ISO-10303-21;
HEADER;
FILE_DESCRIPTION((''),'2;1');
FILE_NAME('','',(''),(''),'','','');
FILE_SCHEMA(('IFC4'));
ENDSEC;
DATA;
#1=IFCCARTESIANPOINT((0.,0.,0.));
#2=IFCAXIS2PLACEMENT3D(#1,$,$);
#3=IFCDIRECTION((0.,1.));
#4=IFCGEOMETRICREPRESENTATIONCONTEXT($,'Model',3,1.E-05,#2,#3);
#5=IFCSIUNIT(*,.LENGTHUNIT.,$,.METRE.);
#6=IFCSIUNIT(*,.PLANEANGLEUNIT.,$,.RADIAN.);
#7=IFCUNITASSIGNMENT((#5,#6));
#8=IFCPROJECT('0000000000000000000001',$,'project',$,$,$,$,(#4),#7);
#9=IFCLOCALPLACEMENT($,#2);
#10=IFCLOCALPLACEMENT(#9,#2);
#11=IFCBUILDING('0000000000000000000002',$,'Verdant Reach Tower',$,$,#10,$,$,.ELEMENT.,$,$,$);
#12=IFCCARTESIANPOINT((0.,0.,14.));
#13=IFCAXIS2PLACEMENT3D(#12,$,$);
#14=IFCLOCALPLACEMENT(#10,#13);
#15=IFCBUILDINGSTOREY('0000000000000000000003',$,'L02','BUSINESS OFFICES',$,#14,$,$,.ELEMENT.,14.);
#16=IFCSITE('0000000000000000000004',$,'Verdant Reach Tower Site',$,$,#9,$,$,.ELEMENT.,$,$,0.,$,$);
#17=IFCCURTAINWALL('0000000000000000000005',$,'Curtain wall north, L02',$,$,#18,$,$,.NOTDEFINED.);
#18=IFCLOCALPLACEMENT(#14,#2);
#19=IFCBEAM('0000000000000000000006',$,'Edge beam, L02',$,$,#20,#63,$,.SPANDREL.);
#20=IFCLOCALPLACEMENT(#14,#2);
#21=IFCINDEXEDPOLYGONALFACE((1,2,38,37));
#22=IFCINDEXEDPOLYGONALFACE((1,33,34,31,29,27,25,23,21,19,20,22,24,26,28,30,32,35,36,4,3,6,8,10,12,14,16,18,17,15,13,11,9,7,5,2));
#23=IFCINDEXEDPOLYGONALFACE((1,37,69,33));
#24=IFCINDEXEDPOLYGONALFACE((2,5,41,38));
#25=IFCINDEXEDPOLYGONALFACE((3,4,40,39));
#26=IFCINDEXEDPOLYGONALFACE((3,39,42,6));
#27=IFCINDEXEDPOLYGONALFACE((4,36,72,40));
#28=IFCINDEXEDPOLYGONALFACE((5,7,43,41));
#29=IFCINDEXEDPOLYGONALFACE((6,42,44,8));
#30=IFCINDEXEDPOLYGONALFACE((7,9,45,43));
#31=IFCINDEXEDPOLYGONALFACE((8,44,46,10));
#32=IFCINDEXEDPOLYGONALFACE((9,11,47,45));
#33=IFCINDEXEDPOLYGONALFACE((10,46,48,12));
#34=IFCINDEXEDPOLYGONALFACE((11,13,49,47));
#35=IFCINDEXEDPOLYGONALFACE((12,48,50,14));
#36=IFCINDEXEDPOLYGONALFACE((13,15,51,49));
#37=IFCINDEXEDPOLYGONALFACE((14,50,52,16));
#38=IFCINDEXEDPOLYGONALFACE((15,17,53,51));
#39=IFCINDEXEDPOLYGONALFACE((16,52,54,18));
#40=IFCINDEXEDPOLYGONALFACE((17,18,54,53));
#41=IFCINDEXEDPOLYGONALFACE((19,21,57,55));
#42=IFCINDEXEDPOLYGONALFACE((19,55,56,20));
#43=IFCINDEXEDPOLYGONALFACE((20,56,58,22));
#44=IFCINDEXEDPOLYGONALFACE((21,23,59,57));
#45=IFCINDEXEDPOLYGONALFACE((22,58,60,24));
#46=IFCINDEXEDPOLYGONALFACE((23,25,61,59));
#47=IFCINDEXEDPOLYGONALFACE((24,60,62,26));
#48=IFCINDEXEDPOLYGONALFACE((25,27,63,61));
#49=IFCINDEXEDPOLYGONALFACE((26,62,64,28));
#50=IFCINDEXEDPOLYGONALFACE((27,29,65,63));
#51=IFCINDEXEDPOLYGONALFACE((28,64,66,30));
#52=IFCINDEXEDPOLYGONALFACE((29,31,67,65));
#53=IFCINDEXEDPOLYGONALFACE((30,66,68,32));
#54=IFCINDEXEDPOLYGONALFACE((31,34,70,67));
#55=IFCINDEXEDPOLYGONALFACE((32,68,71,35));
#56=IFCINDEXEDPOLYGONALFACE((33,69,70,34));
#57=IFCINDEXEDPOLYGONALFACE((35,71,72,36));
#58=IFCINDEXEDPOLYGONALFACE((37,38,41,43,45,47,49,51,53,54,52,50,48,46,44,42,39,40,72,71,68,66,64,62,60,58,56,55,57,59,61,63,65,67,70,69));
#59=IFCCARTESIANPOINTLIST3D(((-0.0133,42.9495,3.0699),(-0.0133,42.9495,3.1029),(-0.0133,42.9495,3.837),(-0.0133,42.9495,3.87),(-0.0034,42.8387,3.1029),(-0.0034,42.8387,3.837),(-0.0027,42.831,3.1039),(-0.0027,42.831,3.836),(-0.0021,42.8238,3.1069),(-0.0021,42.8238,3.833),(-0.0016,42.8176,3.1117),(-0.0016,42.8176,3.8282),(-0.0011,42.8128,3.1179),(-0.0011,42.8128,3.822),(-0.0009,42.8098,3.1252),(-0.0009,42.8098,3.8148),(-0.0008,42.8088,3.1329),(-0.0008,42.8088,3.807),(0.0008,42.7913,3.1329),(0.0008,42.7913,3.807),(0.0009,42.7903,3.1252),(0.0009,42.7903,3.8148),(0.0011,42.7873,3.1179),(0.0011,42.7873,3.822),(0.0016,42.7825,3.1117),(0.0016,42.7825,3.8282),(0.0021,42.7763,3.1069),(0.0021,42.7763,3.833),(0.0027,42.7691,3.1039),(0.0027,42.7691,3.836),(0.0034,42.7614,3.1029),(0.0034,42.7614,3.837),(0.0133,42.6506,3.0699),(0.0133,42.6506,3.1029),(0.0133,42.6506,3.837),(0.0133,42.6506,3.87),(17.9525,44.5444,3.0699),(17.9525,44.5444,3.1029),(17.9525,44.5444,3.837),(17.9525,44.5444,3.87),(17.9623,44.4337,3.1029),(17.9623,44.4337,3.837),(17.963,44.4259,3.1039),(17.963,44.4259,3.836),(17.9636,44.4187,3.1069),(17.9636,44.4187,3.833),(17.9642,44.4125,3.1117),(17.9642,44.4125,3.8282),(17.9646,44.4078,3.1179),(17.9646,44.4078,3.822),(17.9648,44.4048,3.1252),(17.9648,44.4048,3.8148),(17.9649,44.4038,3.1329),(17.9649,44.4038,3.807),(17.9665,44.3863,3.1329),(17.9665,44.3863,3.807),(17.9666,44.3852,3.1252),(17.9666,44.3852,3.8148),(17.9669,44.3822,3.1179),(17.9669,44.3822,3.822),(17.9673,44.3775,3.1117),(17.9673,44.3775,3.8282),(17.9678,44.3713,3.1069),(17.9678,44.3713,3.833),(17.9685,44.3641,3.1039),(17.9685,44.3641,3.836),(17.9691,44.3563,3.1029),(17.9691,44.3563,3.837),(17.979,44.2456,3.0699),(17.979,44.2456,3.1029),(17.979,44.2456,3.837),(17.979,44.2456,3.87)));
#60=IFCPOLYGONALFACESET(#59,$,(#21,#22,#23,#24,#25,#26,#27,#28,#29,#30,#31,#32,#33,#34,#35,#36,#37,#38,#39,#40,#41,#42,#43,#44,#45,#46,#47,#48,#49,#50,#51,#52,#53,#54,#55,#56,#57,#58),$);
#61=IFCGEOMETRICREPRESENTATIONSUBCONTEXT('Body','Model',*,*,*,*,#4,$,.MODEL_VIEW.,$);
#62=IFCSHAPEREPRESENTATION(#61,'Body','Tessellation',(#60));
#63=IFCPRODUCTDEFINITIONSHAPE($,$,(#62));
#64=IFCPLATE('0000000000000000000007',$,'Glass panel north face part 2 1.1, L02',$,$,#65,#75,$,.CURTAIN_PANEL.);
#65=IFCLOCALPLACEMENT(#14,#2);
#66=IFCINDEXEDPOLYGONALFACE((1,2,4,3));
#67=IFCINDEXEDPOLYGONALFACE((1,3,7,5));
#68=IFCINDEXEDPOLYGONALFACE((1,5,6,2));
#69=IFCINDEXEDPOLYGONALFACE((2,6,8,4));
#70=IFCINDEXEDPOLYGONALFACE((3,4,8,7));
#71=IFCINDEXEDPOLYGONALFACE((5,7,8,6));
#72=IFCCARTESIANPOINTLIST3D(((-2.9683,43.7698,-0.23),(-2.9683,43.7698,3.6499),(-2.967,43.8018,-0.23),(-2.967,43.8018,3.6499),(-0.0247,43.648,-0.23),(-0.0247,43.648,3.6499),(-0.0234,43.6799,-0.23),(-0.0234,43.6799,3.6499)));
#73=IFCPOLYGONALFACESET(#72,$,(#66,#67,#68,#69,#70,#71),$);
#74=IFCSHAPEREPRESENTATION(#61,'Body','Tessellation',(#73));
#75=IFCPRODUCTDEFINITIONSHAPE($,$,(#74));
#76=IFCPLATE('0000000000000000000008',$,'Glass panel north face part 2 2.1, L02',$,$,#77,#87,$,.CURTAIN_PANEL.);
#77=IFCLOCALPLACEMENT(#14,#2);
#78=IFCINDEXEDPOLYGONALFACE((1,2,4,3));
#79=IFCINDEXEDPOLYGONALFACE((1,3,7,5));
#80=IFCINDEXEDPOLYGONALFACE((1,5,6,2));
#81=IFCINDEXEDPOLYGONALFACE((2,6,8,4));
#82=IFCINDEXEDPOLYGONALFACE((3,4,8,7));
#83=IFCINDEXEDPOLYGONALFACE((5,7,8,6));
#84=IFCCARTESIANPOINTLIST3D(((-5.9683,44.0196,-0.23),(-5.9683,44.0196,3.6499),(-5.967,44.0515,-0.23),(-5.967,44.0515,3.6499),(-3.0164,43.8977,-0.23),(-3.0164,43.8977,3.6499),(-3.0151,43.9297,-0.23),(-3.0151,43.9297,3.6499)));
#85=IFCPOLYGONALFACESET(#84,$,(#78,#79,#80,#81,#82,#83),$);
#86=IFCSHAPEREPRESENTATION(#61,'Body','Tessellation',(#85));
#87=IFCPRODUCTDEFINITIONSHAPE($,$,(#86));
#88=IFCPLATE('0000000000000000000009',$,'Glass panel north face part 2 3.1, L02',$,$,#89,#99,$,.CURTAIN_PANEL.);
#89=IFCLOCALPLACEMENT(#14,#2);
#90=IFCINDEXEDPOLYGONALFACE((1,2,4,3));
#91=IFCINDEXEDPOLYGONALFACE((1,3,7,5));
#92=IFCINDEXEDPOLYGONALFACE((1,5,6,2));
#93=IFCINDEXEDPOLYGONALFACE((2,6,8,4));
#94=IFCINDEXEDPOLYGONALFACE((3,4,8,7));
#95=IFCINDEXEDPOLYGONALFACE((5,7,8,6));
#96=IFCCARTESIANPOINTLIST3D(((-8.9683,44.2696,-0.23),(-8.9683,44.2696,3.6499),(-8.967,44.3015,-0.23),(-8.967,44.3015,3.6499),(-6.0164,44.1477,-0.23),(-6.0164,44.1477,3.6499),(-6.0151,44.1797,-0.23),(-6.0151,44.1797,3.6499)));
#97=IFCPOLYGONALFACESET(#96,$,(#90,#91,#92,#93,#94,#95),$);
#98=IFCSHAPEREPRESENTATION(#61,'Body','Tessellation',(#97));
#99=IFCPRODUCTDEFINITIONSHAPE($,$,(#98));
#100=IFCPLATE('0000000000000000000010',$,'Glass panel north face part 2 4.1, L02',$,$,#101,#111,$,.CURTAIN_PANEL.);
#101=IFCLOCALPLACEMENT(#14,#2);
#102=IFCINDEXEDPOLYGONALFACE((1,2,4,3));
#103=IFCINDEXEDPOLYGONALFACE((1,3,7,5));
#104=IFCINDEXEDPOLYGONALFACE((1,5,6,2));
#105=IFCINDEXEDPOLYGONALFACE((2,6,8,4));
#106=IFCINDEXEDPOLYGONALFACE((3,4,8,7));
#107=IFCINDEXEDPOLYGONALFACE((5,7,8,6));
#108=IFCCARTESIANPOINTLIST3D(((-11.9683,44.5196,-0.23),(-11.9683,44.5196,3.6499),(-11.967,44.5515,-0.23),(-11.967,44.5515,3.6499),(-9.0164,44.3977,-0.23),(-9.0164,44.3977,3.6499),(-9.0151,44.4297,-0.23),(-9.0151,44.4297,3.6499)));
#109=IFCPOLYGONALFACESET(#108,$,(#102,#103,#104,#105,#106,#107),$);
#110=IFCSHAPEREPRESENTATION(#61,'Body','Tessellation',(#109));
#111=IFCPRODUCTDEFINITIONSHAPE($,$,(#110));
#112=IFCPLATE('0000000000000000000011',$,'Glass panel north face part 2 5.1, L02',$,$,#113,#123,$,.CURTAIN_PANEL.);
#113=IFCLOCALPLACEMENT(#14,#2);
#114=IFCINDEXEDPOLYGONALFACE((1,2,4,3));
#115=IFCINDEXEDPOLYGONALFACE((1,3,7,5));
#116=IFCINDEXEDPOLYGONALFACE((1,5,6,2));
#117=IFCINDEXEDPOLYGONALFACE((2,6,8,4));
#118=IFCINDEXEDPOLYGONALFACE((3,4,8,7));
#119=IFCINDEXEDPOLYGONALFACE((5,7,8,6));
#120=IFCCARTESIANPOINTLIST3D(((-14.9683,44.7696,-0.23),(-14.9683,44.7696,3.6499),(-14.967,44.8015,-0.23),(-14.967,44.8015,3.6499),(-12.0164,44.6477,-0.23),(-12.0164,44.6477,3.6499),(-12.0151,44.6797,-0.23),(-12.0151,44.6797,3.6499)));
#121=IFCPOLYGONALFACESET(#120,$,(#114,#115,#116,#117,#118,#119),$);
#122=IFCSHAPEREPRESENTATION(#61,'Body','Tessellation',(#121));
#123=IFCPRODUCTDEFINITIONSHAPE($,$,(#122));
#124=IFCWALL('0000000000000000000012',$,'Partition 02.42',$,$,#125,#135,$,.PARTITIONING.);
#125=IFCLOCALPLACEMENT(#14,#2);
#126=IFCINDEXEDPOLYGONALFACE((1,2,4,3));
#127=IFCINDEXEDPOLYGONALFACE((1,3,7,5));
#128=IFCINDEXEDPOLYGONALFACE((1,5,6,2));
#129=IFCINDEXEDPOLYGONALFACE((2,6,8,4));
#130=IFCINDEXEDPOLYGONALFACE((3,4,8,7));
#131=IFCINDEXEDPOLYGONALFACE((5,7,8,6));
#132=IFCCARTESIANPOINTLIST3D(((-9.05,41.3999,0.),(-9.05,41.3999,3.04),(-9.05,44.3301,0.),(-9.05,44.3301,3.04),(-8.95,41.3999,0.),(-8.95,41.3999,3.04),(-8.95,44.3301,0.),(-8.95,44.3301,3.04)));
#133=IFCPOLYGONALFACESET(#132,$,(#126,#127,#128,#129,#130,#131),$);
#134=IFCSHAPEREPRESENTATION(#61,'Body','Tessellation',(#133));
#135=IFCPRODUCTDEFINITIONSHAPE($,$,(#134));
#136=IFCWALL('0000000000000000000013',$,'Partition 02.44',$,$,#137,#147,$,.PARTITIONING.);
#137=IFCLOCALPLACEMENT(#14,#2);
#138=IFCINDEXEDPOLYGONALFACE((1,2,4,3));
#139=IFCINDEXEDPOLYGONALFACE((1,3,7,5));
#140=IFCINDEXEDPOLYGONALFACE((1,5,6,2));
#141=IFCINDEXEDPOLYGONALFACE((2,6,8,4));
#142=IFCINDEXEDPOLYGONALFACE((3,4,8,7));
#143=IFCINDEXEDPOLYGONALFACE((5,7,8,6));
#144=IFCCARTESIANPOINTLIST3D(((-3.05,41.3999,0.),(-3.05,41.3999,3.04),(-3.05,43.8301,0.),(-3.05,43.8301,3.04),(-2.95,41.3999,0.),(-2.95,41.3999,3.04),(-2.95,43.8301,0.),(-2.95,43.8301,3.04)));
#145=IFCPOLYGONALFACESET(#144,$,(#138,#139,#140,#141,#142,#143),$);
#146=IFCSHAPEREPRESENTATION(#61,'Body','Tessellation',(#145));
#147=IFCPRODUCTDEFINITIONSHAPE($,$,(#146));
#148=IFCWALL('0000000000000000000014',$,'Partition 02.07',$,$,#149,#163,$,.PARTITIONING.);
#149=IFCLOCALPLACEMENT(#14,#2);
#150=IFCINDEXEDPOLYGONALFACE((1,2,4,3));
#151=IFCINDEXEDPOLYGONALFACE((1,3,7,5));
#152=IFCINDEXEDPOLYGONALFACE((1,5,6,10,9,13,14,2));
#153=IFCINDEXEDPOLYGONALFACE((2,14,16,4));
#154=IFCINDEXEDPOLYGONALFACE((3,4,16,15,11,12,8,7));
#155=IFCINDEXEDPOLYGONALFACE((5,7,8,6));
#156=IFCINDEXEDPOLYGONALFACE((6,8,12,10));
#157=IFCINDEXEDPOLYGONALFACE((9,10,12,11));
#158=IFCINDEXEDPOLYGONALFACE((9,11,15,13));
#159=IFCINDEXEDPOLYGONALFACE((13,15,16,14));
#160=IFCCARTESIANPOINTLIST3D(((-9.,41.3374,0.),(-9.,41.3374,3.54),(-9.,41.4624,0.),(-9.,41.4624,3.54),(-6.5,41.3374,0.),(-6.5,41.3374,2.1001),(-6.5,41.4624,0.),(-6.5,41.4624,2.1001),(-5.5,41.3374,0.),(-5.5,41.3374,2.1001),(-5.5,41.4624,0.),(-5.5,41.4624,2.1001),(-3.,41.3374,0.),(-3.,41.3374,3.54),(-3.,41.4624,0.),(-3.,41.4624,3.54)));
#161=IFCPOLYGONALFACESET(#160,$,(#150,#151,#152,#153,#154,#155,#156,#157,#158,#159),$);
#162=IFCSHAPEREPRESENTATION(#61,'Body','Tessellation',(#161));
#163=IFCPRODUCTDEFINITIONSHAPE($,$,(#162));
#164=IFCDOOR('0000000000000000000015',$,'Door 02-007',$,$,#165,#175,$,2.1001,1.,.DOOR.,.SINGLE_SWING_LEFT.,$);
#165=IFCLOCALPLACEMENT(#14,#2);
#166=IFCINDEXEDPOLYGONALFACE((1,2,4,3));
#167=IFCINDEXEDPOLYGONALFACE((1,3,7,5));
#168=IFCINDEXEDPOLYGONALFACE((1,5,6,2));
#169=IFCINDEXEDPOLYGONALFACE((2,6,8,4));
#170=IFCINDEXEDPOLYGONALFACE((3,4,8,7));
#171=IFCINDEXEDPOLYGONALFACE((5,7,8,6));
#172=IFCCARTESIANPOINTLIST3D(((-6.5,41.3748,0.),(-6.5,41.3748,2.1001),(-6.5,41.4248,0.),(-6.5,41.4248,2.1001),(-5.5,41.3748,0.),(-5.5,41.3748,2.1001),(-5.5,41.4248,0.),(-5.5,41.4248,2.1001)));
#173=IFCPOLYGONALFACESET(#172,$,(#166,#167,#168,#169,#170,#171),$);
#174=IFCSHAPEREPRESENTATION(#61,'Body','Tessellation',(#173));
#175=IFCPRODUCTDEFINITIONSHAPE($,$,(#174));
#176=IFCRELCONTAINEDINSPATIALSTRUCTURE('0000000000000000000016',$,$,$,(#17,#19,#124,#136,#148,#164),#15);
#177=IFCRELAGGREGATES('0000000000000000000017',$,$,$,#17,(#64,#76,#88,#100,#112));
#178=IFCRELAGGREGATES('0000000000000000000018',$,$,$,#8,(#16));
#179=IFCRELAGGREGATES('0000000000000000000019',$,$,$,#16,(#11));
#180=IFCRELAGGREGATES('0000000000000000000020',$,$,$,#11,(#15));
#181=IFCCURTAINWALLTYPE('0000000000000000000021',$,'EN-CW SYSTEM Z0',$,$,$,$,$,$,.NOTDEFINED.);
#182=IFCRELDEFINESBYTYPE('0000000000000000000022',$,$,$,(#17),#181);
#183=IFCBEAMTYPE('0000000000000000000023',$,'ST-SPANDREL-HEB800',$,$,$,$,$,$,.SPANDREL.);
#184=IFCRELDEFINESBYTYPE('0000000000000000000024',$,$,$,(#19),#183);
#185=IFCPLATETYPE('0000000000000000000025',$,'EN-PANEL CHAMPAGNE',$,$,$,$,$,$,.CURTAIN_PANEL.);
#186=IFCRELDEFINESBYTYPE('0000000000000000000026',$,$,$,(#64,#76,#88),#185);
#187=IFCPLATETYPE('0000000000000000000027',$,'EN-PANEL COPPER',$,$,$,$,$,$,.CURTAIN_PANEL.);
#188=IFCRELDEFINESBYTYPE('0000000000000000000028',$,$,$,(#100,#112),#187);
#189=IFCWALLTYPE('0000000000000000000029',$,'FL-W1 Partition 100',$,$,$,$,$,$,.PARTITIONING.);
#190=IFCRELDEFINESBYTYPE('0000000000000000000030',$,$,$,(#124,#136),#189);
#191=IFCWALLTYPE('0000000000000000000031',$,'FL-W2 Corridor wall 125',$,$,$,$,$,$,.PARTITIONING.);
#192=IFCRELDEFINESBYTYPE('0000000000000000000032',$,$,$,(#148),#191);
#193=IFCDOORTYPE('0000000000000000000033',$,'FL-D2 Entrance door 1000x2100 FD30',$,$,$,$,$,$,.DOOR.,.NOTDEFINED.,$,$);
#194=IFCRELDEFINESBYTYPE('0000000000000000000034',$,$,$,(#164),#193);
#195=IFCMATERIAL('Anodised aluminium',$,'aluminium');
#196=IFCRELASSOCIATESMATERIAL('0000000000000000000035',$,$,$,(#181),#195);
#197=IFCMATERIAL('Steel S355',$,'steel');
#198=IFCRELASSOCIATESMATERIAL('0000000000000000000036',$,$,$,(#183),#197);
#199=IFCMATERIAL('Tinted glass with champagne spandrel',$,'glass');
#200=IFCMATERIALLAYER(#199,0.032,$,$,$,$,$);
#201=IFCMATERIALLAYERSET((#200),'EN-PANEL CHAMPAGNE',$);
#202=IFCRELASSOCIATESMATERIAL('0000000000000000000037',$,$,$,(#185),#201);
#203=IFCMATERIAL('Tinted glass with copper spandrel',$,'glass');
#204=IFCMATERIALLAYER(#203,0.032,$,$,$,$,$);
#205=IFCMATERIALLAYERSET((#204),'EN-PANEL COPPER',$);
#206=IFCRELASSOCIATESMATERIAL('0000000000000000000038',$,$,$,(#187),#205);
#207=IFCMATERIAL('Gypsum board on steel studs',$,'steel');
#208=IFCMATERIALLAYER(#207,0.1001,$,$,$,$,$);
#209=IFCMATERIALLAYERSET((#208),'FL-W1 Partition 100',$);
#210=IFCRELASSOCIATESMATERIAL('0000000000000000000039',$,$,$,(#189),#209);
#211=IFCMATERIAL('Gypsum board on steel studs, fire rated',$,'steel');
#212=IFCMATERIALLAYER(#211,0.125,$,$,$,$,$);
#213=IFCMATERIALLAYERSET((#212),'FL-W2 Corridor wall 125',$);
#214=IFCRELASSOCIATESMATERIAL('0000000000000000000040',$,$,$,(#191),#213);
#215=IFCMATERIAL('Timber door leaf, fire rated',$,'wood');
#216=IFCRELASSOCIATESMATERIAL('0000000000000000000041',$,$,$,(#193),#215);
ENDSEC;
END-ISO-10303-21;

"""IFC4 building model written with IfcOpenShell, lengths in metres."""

from ifc_helpers import new_model, si_unit, direction, frame, frame_2d, origin, origin_2d, place, context, subcontext, project, spatial, rectangle, i_section, extrude, material, layer, layer_set, material_profile, profile_set, type_object, element, fill, aggregate, save


model = new_model("IFC4")

# Units and contexts
model_context = context("Model", 3, precision=1e-05, world=origin(), true_north=direction((0.0, 1.0)))
body_context = subcontext(model_context, "Body", "Model", "MODEL_VIEW")
ifc_project = project(units=[si_unit("LENGTHUNIT", "METRE"), si_unit("PLANEANGLEUNIT", "RADIAN")], contexts=[model_context])

# Site, building, storey
site_placement = place(None, origin())
site = spatial("IfcSite", under=ifc_project, at=site_placement, Name="Verdant Reach Tower Site", CompositionType="ELEMENT", RefElevation=0.0)
building_placement = place(site_placement, origin())
building = spatial("IfcBuilding", under=site, at=building_placement, Name="Verdant Reach Tower", CompositionType="ELEMENT")
storey_placement = place(building_placement, frame((0.0, 0.0, 14.0)))
storey = spatial("IfcBuildingStorey", under=building, at=storey_placement, Name="L02", Description="BUSINESS OFFICES", CompositionType="ELEMENT", Elevation=14.0)

# Curtain wall
ifc_material_1 = material(Name="Anodised aluminium", Category="aluminium")
curtain_wall_type = type_object("IfcCurtainWallType", Name="EN-CW SYSTEM Z0", PredefinedType="NOTDEFINED", material=ifc_material_1)
curtain_wall_placement = place(storey_placement, origin())
curtain_wall = element("IfcCurtainWall", 1, at=curtain_wall_placement, inside=storey, type_object=curtain_wall_type, Name="Curtain wall north, L02", PredefinedType="NOTDEFINED")

# Beam
ifc_material_2 = material(Name="Steel S355", Category="steel")
ifc_material_profile_1 = material_profile(ifc_material_2, i_section(OverallWidth=0.3, OverallDepth=0.8, WebThickness=0.0176, FlangeThickness=0.033, FilletRadius=0.03, at=origin_2d()), Name="HEB 800")
ifc_profile_set_1 = profile_set([ifc_material_profile_1], Name="Steel S355")
beam_type_1 = type_object("IfcBeamType", Name="ST-SPANDREL-HEB800", PredefinedType="SPANDREL", material=ifc_profile_set_1)
beam_1_placement = place(storey_placement, frame((0.0, 42.8, 3.47), z_axis=(0.996082, 0.08843, 0.0), x_axis=(-0.08843, 0.996082, 0.0)))
element("IfcBeam", 2, at=beam_1_placement, inside=storey, type_object=beam_type_1, Name="Edge beam, L02", PredefinedType="SPANDREL", context=body_context, shape_type="SweptSolid", body=[
    extrude(i_section(OverallWidth=0.3, OverallDepth=0.8, WebThickness=0.0176, FlangeThickness=0.033, FilletRadius=0.03, at=origin_2d()), origin(), (0.0, 0.0, 1.0), 18.0364),
])

# Plates
ifc_material_3 = material(Name="Tinted glass with champagne spandrel", Category="glass")
ifc_layer_1 = layer(ifc_material_3, 0.032)
ifc_layer_set_1 = layer_set([ifc_layer_1], Name="EN-PANEL CHAMPAGNE")
plate_type_1 = type_object("IfcPlateType", Name="EN-PANEL CHAMPAGNE", PredefinedType="CURTAIN_PANEL", material=ifc_layer_set_1)
plate_1_placement = place(storey_placement, frame((-1.4958, 43.7249, -0.23), z_axis=(0.0, 0.0, 1.0), x_axis=(-0.999144, 0.041357, 0.0)))
plate_1 = element("IfcPlate", 3, at=plate_1_placement, type_object=plate_type_1, Name="Glass panel north face part 2 1.1, L02", PredefinedType="CURTAIN_PANEL", context=body_context, shape_type="SweptSolid", body=[
    extrude(rectangle(XDim=2.946, YDim=0.032, at=origin_2d()), origin(), (0.0, 0.0, 1.0), 3.8799),
])
plate_2_placement = place(storey_placement, frame((-4.4917, 43.9746, -0.23), z_axis=(0.0, 0.0, 1.0), x_axis=(-0.999149, 0.041242, 0.0)))
plate_2 = element("IfcPlate", 4, at=plate_2_placement, type_object=plate_type_1, Name="Glass panel north face part 2 2.1, L02", PredefinedType="CURTAIN_PANEL", context=body_context, shape_type="SweptSolid", body=[
    extrude(rectangle(XDim=2.9543, YDim=0.032, at=origin_2d()), origin(), (0.0, 0.0, 1.0), 3.8799),
])
plate_3_placement = place(storey_placement, frame((-7.4917, 44.2246, -0.23), z_axis=(0.0, 0.0, 1.0), x_axis=(-0.999149, 0.041242, 0.0)))
plate_3 = element("IfcPlate", 5, at=plate_3_placement, type_object=plate_type_1, Name="Glass panel north face part 2 3.1, L02", PredefinedType="CURTAIN_PANEL", context=body_context, shape_type="SweptSolid", body=[
    extrude(rectangle(XDim=2.9543, YDim=0.032, at=origin_2d()), origin(), (0.0, 0.0, 1.0), 3.8799),
])
ifc_material_4 = material(Name="Tinted glass with copper spandrel", Category="glass")
ifc_layer_2 = layer(ifc_material_4, 0.032)
ifc_layer_set_2 = layer_set([ifc_layer_2], Name="EN-PANEL COPPER")
plate_type_2 = type_object("IfcPlateType", Name="EN-PANEL COPPER", PredefinedType="CURTAIN_PANEL", material=ifc_layer_set_2)
plate_4_placement = place(storey_placement, frame((-10.4917, 44.4746, -0.23), z_axis=(0.0, 0.0, 1.0), x_axis=(-0.999149, 0.041242, 0.0)))
plate_4 = element("IfcPlate", 6, at=plate_4_placement, type_object=plate_type_2, Name="Glass panel north face part 2 4.1, L02", PredefinedType="CURTAIN_PANEL", context=body_context, shape_type="SweptSolid", body=[
    extrude(rectangle(XDim=2.9543, YDim=0.032, at=origin_2d()), origin(), (0.0, 0.0, 1.0), 3.8799),
])
plate_5_placement = place(storey_placement, frame((-13.4917, 44.7246, -0.23), z_axis=(0.0, 0.0, 1.0), x_axis=(-0.999149, 0.041242, 0.0)))
plate_5 = element("IfcPlate", 7, at=plate_5_placement, type_object=plate_type_2, Name="Glass panel north face part 2 5.1, L02", PredefinedType="CURTAIN_PANEL", context=body_context, shape_type="SweptSolid", body=[
    extrude(rectangle(XDim=2.9543, YDim=0.032, at=origin_2d()), origin(), (0.0, 0.0, 1.0), 3.8799),
])
aggregate(curtain_wall, [plate_1, plate_2, plate_3, plate_4, plate_5])

# Walls
ifc_material_5 = material(Name="Gypsum board on steel studs", Category="steel")
ifc_layer_3 = layer(ifc_material_5, 0.1001)
ifc_layer_set_3 = layer_set([ifc_layer_3], Name="FL-W1 Partition 100")
wall_type_1 = type_object("IfcWallType", Name="FL-W1 Partition 100", PredefinedType="PARTITIONING", material=ifc_layer_set_3)
wall_1_placement = place(storey_placement, frame((-9.0, 41.3999, 0.0), z_axis=(0.0, 0.0, 1.0), x_axis=(0.0, 1.0, 0.0)))
element("IfcWall", 8, at=wall_1_placement, inside=storey, type_object=wall_type_1, Name="Partition 02.42", PredefinedType="PARTITIONING", context=body_context, shape_type="SweptSolid", body=[
    extrude(rectangle(XDim=2.9302, YDim=0.1001, at=frame_2d((1.4651, 0.0))), origin(), (0.0, 0.0, 1.0), 3.04),
])
wall_2_placement = place(storey_placement, frame((-3.0, 41.3999, 0.0), z_axis=(0.0, 0.0, 1.0), x_axis=(0.0, 1.0, 0.0)))
element("IfcWall", 9, at=wall_2_placement, inside=storey, type_object=wall_type_1, Name="Partition 02.44", PredefinedType="PARTITIONING", context=body_context, shape_type="SweptSolid", body=[
    extrude(rectangle(XDim=2.4302, YDim=0.1001, at=frame_2d((1.2151, 0.0))), origin(), (0.0, 0.0, 1.0), 3.04),
])

# Wall, opening, door
ifc_material_6 = material(Name="Gypsum board on steel studs, fire rated", Category="steel")
ifc_layer_4 = layer(ifc_material_6, 0.125)
ifc_layer_set_4 = layer_set([ifc_layer_4], Name="FL-W2 Corridor wall 125")
wall_type_2 = type_object("IfcWallType", Name="FL-W2 Corridor wall 125", PredefinedType="PARTITIONING", material=ifc_layer_set_4)
wall_3_placement = place(storey_placement, frame((-9.0, 41.3999, 0.0), z_axis=(0.0, 0.0, 1.0), x_axis=(1.0, 0.0, 0.0)))
wall_3 = element("IfcWall", 10, at=wall_3_placement, inside=storey, type_object=wall_type_2, Name="Partition 02.07", PredefinedType="PARTITIONING", context=body_context, shape_type="SweptSolid", body=[
    extrude(rectangle(XDim=6.0, YDim=0.125, at=frame_2d((3.0, 0.0))), origin(), (0.0, 0.0, 1.0), 3.54),
])
opening_1_placement = place(wall_3_placement, frame((2.5, 0.0, 0.0)))
opening_1 = element("IfcOpeningElement", 11, at=opening_1_placement, cuts=wall_3, PredefinedType="OPENING", context=body_context, shape_type="SweptSolid", body=[
    extrude(rectangle(XDim=1.0, YDim=2.1001, at=frame_2d((0.5, 1.05))), frame((0.0, 0.0725, 0.0), z_axis=(0.0, -1.0, 0.0), x_axis=(1.0, 0.0, 0.0)), (0.0, 0.0, 1.0), 0.145),
])
ifc_material_7 = material(Name="Timber door leaf, fire rated", Category="wood")
door_type_1 = type_object("IfcDoorType", Name="FL-D2 Entrance door 1000x2100 FD30", OperationType="NOTDEFINED", PredefinedType="DOOR", material=ifc_material_7)
door_1_placement = place(opening_1_placement, origin())
door_1 = element("IfcDoor", 12, at=door_1_placement, inside=storey, type_object=door_type_1, Name="Door 02-007", OperationType="SINGLE_SWING_LEFT", OverallHeight=2.1001, OverallWidth=1.0, PredefinedType="DOOR", context=body_context, shape_type="SweptSolid", body=[
    extrude(rectangle(XDim=1.0, YDim=2.1001, at=frame_2d((0.5, 1.05))), frame((0.0, 0.0249, 0.0), z_axis=(0.0, -1.0, 0.0), x_axis=(1.0, 0.0, 0.0)), (0.0, 0.0, 1.0), 0.05),
])
fill(opening_1, door_1)

save(model, "model.ifc")
